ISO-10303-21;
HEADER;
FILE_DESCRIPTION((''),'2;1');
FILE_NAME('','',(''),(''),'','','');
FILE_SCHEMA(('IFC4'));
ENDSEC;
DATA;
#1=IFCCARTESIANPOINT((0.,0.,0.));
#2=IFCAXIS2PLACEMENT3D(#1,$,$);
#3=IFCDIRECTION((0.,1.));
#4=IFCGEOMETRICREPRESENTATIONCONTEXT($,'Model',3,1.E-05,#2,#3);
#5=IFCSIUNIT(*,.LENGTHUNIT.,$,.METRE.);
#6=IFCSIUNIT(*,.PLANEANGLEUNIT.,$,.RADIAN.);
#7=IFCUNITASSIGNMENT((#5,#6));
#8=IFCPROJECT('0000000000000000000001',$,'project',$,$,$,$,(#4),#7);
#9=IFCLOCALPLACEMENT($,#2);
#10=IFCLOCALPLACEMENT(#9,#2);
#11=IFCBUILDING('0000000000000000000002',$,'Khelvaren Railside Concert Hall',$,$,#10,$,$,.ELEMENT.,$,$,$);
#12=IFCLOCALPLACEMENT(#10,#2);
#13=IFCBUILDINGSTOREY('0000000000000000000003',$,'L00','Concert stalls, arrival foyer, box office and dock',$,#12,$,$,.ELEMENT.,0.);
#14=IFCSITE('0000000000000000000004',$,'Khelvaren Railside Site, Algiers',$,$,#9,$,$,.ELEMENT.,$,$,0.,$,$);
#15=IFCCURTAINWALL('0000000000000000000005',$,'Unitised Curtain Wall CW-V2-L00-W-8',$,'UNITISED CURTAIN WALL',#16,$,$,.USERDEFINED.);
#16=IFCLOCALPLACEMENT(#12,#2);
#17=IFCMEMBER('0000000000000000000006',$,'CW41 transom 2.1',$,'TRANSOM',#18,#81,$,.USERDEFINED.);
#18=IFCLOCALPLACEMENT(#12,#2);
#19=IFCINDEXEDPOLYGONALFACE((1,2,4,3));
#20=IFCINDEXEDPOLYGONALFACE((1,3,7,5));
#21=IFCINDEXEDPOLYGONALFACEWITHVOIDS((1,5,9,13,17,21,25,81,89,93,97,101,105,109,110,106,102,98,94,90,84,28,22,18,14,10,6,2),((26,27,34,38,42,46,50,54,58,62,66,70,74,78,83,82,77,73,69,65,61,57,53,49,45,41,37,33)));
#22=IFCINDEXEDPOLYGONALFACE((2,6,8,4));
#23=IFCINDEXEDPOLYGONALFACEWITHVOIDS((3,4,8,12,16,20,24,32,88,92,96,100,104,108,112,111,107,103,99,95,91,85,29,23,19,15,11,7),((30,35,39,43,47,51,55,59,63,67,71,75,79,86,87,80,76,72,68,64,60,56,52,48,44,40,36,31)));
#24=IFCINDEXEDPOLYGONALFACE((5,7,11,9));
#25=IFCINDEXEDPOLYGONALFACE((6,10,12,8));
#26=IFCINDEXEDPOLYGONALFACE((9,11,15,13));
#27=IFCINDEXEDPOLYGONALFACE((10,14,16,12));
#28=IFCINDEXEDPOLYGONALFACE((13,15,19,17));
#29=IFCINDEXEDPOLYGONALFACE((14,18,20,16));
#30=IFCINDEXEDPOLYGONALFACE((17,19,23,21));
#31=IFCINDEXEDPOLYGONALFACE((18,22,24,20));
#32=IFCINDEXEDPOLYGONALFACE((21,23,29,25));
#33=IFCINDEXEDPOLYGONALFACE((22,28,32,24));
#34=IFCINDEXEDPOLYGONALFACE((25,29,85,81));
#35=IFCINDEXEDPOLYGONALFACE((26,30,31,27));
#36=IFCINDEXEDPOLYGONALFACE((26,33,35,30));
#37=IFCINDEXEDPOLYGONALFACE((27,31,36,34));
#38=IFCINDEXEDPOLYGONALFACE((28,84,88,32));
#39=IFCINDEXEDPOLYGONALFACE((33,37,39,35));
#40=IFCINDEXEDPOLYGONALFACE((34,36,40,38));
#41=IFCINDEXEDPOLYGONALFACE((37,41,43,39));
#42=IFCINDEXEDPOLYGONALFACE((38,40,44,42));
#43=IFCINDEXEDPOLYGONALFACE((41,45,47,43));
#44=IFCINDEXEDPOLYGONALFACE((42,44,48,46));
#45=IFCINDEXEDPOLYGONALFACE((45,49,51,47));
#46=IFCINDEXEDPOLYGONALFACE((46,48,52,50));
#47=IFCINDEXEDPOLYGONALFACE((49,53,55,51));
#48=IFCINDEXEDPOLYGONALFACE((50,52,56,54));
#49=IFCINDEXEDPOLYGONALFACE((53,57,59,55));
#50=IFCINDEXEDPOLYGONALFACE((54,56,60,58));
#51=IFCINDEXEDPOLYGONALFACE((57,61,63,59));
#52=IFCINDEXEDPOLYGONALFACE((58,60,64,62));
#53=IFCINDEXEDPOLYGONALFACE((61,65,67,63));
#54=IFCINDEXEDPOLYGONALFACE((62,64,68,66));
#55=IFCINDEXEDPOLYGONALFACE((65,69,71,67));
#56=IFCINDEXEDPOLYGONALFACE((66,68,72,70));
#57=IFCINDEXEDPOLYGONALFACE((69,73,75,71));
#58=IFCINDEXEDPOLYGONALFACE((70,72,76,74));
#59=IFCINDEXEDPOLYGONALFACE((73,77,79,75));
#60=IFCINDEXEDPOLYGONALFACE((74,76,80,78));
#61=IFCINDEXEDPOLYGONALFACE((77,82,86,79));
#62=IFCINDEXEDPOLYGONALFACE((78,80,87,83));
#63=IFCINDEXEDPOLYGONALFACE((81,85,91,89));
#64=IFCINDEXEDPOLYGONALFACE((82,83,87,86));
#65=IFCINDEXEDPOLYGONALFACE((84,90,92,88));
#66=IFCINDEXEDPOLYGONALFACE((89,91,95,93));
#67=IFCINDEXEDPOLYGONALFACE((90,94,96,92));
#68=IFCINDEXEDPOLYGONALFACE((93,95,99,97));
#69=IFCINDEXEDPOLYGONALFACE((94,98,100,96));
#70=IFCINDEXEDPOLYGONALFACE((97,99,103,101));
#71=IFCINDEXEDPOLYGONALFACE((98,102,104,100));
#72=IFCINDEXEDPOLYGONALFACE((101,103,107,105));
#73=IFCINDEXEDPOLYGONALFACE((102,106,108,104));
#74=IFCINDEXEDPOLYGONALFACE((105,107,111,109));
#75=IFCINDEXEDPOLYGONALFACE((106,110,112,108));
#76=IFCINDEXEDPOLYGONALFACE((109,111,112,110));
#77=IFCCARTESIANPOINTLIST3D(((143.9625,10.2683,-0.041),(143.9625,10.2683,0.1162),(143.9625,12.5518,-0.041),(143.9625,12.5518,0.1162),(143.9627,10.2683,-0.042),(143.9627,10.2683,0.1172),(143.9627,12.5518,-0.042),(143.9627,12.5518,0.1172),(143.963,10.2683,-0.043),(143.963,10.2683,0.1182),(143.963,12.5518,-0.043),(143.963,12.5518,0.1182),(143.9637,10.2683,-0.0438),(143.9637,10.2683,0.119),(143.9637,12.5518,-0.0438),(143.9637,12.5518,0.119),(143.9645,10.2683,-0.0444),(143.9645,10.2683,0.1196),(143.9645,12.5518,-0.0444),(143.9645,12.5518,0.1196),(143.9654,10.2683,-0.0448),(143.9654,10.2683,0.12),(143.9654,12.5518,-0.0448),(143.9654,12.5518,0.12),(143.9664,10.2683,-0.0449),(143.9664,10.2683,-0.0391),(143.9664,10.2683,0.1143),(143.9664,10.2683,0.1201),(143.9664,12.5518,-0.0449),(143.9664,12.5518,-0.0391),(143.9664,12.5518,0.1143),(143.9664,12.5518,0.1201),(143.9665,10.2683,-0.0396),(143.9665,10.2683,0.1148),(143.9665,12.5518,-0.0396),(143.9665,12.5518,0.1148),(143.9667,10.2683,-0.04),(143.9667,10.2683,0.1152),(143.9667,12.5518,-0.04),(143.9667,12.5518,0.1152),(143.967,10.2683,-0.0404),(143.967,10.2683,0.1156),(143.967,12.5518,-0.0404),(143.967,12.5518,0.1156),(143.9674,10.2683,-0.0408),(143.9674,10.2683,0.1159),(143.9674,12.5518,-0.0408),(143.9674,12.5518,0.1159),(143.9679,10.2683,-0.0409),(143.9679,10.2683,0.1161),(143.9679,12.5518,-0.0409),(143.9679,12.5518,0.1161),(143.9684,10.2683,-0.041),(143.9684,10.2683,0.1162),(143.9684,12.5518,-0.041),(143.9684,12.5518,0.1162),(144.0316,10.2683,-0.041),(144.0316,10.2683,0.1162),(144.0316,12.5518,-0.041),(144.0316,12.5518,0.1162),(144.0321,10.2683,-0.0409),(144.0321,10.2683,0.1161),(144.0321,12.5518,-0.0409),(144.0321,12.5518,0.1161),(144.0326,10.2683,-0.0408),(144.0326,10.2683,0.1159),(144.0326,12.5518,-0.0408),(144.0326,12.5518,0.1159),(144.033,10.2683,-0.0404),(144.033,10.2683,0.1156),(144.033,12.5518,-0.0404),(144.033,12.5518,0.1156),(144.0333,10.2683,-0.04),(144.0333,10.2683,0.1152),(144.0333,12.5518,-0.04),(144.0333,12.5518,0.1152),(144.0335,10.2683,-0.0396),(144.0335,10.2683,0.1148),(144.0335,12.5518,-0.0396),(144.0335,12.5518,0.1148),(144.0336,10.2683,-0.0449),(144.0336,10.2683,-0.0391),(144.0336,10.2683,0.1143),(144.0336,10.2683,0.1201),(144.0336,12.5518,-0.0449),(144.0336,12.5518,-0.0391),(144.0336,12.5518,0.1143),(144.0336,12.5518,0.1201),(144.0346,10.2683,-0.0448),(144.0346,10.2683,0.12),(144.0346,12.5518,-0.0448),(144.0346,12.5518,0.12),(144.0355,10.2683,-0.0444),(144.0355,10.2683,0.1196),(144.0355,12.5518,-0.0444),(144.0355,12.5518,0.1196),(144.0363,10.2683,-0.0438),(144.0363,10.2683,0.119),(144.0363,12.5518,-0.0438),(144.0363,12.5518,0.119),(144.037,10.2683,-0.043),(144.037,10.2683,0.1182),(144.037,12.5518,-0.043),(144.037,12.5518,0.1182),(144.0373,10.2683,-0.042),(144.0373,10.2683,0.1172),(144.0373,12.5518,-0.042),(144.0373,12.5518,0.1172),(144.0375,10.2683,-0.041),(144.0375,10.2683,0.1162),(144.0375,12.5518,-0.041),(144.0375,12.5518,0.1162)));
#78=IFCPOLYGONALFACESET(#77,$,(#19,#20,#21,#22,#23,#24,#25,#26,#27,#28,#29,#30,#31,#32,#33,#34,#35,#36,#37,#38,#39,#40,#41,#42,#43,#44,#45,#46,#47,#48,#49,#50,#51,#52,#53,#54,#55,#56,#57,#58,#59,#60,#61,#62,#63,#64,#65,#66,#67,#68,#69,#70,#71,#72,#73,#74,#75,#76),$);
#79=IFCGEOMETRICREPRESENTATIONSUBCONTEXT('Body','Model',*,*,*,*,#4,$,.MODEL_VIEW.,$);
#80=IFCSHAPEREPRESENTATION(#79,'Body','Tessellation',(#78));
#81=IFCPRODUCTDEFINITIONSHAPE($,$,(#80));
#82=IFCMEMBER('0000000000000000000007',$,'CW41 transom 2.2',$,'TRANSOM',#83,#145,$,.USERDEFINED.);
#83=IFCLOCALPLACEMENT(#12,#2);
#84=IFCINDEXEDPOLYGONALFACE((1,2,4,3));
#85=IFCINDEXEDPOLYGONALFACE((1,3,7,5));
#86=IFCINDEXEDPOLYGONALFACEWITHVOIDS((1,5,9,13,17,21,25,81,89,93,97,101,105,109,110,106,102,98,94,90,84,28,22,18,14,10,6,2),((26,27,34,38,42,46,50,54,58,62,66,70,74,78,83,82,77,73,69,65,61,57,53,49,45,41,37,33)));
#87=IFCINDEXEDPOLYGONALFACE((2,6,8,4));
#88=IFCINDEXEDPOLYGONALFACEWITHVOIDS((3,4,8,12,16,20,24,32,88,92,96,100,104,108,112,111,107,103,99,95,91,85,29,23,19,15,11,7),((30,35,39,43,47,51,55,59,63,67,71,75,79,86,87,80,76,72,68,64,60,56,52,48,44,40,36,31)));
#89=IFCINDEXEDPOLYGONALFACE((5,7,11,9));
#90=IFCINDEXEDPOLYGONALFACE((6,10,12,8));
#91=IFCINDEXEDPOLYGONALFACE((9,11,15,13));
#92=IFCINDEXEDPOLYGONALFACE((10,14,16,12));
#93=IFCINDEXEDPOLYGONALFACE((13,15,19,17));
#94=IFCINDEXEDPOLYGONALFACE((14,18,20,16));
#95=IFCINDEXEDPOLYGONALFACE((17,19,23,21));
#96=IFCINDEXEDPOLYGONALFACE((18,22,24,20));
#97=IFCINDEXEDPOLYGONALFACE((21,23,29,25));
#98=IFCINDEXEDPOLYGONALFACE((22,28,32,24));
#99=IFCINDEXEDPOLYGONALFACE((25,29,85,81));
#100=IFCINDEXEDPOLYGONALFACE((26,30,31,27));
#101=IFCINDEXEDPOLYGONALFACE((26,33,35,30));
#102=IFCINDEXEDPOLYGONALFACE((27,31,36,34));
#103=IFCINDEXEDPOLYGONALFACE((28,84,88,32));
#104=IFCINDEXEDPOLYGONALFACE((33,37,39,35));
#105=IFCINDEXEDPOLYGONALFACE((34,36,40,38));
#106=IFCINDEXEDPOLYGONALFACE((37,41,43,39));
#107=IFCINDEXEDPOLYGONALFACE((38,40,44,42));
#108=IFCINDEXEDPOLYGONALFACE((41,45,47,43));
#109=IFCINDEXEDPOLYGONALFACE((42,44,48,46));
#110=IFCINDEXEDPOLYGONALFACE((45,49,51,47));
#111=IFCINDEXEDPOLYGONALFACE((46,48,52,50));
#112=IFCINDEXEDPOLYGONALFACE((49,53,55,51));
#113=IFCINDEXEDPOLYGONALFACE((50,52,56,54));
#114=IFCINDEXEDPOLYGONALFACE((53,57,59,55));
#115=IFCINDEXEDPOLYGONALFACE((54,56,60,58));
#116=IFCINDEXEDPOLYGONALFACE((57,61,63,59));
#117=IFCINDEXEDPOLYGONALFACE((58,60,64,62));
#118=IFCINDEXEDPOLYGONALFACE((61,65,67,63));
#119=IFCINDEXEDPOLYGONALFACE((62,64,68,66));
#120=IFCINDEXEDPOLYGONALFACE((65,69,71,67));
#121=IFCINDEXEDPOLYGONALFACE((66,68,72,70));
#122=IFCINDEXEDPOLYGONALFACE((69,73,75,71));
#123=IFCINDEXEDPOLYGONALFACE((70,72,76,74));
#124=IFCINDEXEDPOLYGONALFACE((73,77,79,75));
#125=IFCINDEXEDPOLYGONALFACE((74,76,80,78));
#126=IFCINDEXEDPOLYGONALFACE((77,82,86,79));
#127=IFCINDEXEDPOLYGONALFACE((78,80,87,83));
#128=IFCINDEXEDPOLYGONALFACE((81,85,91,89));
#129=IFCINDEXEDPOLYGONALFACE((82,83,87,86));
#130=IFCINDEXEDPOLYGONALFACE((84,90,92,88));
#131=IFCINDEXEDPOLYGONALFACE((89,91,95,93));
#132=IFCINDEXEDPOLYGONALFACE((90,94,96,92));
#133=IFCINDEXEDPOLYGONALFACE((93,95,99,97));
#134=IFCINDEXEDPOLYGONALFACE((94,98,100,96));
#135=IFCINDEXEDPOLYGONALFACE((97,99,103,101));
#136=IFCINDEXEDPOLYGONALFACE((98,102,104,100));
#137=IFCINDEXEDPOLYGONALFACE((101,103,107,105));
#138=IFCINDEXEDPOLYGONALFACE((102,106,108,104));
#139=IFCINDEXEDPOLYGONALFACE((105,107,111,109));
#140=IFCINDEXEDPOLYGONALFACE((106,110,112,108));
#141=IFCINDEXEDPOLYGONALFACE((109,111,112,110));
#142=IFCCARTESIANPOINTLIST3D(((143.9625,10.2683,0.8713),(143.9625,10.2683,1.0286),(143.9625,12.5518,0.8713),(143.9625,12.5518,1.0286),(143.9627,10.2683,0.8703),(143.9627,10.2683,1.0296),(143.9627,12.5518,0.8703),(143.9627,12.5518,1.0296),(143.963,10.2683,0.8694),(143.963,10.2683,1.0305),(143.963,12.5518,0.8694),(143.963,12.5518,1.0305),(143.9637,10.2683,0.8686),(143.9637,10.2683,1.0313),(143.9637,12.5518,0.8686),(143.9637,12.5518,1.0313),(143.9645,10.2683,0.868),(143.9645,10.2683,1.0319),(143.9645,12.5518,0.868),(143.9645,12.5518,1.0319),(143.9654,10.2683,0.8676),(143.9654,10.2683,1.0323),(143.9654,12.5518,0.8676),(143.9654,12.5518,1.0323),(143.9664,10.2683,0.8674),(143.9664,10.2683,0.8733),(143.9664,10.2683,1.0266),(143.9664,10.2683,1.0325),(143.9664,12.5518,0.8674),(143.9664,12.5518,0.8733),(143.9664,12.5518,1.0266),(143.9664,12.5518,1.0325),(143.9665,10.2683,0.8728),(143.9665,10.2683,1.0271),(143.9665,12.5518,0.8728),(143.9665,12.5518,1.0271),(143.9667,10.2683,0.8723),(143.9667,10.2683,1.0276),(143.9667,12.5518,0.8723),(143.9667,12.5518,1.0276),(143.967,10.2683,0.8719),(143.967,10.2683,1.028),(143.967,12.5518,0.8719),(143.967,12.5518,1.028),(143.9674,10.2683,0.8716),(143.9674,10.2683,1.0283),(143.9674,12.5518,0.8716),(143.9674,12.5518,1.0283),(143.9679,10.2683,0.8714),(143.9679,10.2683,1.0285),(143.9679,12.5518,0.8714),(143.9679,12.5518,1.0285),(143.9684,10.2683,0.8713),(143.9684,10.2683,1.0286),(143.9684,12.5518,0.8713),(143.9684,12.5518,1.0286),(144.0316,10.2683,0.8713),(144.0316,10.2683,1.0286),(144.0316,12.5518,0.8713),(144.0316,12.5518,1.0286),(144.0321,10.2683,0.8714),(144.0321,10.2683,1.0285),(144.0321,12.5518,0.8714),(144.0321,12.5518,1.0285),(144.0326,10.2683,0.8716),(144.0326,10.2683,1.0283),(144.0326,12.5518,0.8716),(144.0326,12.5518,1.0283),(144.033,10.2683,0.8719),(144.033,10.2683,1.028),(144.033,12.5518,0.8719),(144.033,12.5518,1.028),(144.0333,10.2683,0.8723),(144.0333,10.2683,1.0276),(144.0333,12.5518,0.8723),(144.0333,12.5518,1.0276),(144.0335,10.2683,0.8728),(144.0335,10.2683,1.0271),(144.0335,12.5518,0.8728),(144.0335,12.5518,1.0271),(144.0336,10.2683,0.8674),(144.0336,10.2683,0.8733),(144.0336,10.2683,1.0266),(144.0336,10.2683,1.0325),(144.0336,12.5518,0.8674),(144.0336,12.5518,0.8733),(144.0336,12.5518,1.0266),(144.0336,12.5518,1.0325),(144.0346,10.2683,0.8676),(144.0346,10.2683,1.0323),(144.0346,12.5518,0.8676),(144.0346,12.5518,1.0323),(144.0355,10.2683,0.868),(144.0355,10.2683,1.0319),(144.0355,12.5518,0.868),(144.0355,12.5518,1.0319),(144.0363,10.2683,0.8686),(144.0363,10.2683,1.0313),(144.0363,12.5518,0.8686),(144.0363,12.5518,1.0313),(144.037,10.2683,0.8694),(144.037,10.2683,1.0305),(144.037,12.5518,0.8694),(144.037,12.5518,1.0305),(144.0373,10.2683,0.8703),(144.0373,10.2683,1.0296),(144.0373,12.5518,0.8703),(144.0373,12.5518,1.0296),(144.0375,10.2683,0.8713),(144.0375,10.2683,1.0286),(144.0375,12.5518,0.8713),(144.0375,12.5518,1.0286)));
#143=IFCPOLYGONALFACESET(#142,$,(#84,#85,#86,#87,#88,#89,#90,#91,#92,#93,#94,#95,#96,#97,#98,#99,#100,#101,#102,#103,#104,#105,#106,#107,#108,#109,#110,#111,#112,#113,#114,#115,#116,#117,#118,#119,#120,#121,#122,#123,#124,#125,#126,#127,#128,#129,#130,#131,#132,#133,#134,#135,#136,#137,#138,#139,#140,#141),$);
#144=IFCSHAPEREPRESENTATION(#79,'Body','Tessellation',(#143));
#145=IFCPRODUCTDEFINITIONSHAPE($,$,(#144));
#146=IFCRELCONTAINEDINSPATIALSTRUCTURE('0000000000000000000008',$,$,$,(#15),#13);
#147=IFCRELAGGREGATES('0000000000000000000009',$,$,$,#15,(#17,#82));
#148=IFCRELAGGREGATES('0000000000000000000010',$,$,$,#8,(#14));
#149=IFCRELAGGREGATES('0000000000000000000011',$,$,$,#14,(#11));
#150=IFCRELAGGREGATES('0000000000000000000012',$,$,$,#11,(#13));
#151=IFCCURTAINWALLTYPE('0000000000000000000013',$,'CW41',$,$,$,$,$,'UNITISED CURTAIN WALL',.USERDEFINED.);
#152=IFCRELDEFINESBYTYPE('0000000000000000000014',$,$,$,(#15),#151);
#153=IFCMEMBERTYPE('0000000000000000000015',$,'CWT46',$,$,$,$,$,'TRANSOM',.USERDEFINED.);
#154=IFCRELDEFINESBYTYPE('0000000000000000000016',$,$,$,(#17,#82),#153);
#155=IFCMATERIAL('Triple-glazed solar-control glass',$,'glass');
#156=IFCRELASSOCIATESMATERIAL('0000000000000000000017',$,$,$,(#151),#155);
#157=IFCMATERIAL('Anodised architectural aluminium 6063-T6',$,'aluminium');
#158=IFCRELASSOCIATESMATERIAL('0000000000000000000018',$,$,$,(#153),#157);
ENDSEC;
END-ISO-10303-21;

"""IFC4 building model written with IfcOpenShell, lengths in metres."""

from ifc_helpers import new_model, si_unit, direction, frame, origin, origin_2d, place, context, subcontext, project, spatial, hollow_rectangle, extrude, material, material_profile, profile_set, type_object, element, aggregate, save


model = new_model("IFC4")

# Units and contexts
model_context = context("Model", 3, precision=1e-05, world=origin(), true_north=direction((0.0, 1.0)))
body_context = subcontext(model_context, "Body", "Model", "MODEL_VIEW")
ifc_project = project(units=[si_unit("LENGTHUNIT", "METRE"), si_unit("PLANEANGLEUNIT", "RADIAN")], contexts=[model_context])

# Site, building, storey
site_placement = place(None, origin())
site = spatial("IfcSite", under=ifc_project, at=site_placement, Name="Khelvaren Railside Site, Algiers", CompositionType="ELEMENT", RefElevation=0.0)
building_placement = place(site_placement, origin())
building = spatial("IfcBuilding", under=site, at=building_placement, Name="Khelvaren Railside Concert Hall", CompositionType="ELEMENT")
storey_placement = place(building_placement, origin())
storey = spatial("IfcBuildingStorey", under=building, at=storey_placement, Name="L00", Description="Concert stalls, arrival foyer, box office and dock", CompositionType="ELEMENT", Elevation=0.0)

# Curtain wall, members
ifc_material_1 = material(Name="Triple-glazed solar-control glass", Category="glass")
curtain_wall_type = type_object("IfcCurtainWallType", Name="CW41", ElementType="UNITISED CURTAIN WALL", PredefinedType="USERDEFINED", material=ifc_material_1)
curtain_wall_placement = place(storey_placement, origin())
curtain_wall = element("IfcCurtainWall", 1, at=curtain_wall_placement, inside=storey, type_object=curtain_wall_type, Name="Unitised Curtain Wall CW-V2-L00-W-8", ObjectType="UNITISED CURTAIN WALL", PredefinedType="USERDEFINED")
ifc_material_2 = material(Name="Anodised architectural aluminium 6063-T6", Category="aluminium")
ifc_material_profile_1 = material_profile(ifc_material_2, hollow_rectangle(XDim=0.075, YDim=0.165, WallThickness=0.0039, InnerFilletRadius=0.002, OuterFilletRadius=0.0039, at=origin_2d()), Name="CWT 75x165x4")
ifc_profile_set_1 = profile_set([ifc_material_profile_1], Name="Anodised architectural aluminium 6063-T6")
member_type_1 = type_object("IfcMemberType", Name="CWT46", ElementType="TRANSOM", PredefinedType="USERDEFINED", material=ifc_profile_set_1)
member_1_placement = place(storey_placement, frame((144.0, 10.2683, 0.0376), z_axis=(0.0, 1.0, 0.0), x_axis=(-1.0, 0.0, 0.0)))
member_1 = element("IfcMember", 2, at=member_1_placement, type_object=member_type_1, Name="CW41 transom 2.1", ObjectType="TRANSOM", PredefinedType="USERDEFINED", context=body_context, shape_type="SweptSolid", body=[
    extrude(hollow_rectangle(XDim=0.075, YDim=0.165, WallThickness=0.0039, InnerFilletRadius=0.002, OuterFilletRadius=0.0039, at=origin_2d()), origin(), (0.0, 0.0, 1.0), 2.2834),
])
member_2_placement = place(storey_placement, frame((144.0, 10.2683, 0.95), z_axis=(0.0, 1.0, 0.0), x_axis=(-1.0, 0.0, 0.0)))
member_2 = element("IfcMember", 3, at=member_2_placement, type_object=member_type_1, Name="CW41 transom 2.2", ObjectType="TRANSOM", PredefinedType="USERDEFINED", context=body_context, shape_type="SweptSolid", body=[
    extrude(hollow_rectangle(XDim=0.075, YDim=0.165, WallThickness=0.0039, InnerFilletRadius=0.002, OuterFilletRadius=0.0039, at=origin_2d()), origin(), (0.0, 0.0, 1.0), 2.2834),
])

aggregate(curtain_wall, [member_1, member_2])

save(model, "model.ifc")
